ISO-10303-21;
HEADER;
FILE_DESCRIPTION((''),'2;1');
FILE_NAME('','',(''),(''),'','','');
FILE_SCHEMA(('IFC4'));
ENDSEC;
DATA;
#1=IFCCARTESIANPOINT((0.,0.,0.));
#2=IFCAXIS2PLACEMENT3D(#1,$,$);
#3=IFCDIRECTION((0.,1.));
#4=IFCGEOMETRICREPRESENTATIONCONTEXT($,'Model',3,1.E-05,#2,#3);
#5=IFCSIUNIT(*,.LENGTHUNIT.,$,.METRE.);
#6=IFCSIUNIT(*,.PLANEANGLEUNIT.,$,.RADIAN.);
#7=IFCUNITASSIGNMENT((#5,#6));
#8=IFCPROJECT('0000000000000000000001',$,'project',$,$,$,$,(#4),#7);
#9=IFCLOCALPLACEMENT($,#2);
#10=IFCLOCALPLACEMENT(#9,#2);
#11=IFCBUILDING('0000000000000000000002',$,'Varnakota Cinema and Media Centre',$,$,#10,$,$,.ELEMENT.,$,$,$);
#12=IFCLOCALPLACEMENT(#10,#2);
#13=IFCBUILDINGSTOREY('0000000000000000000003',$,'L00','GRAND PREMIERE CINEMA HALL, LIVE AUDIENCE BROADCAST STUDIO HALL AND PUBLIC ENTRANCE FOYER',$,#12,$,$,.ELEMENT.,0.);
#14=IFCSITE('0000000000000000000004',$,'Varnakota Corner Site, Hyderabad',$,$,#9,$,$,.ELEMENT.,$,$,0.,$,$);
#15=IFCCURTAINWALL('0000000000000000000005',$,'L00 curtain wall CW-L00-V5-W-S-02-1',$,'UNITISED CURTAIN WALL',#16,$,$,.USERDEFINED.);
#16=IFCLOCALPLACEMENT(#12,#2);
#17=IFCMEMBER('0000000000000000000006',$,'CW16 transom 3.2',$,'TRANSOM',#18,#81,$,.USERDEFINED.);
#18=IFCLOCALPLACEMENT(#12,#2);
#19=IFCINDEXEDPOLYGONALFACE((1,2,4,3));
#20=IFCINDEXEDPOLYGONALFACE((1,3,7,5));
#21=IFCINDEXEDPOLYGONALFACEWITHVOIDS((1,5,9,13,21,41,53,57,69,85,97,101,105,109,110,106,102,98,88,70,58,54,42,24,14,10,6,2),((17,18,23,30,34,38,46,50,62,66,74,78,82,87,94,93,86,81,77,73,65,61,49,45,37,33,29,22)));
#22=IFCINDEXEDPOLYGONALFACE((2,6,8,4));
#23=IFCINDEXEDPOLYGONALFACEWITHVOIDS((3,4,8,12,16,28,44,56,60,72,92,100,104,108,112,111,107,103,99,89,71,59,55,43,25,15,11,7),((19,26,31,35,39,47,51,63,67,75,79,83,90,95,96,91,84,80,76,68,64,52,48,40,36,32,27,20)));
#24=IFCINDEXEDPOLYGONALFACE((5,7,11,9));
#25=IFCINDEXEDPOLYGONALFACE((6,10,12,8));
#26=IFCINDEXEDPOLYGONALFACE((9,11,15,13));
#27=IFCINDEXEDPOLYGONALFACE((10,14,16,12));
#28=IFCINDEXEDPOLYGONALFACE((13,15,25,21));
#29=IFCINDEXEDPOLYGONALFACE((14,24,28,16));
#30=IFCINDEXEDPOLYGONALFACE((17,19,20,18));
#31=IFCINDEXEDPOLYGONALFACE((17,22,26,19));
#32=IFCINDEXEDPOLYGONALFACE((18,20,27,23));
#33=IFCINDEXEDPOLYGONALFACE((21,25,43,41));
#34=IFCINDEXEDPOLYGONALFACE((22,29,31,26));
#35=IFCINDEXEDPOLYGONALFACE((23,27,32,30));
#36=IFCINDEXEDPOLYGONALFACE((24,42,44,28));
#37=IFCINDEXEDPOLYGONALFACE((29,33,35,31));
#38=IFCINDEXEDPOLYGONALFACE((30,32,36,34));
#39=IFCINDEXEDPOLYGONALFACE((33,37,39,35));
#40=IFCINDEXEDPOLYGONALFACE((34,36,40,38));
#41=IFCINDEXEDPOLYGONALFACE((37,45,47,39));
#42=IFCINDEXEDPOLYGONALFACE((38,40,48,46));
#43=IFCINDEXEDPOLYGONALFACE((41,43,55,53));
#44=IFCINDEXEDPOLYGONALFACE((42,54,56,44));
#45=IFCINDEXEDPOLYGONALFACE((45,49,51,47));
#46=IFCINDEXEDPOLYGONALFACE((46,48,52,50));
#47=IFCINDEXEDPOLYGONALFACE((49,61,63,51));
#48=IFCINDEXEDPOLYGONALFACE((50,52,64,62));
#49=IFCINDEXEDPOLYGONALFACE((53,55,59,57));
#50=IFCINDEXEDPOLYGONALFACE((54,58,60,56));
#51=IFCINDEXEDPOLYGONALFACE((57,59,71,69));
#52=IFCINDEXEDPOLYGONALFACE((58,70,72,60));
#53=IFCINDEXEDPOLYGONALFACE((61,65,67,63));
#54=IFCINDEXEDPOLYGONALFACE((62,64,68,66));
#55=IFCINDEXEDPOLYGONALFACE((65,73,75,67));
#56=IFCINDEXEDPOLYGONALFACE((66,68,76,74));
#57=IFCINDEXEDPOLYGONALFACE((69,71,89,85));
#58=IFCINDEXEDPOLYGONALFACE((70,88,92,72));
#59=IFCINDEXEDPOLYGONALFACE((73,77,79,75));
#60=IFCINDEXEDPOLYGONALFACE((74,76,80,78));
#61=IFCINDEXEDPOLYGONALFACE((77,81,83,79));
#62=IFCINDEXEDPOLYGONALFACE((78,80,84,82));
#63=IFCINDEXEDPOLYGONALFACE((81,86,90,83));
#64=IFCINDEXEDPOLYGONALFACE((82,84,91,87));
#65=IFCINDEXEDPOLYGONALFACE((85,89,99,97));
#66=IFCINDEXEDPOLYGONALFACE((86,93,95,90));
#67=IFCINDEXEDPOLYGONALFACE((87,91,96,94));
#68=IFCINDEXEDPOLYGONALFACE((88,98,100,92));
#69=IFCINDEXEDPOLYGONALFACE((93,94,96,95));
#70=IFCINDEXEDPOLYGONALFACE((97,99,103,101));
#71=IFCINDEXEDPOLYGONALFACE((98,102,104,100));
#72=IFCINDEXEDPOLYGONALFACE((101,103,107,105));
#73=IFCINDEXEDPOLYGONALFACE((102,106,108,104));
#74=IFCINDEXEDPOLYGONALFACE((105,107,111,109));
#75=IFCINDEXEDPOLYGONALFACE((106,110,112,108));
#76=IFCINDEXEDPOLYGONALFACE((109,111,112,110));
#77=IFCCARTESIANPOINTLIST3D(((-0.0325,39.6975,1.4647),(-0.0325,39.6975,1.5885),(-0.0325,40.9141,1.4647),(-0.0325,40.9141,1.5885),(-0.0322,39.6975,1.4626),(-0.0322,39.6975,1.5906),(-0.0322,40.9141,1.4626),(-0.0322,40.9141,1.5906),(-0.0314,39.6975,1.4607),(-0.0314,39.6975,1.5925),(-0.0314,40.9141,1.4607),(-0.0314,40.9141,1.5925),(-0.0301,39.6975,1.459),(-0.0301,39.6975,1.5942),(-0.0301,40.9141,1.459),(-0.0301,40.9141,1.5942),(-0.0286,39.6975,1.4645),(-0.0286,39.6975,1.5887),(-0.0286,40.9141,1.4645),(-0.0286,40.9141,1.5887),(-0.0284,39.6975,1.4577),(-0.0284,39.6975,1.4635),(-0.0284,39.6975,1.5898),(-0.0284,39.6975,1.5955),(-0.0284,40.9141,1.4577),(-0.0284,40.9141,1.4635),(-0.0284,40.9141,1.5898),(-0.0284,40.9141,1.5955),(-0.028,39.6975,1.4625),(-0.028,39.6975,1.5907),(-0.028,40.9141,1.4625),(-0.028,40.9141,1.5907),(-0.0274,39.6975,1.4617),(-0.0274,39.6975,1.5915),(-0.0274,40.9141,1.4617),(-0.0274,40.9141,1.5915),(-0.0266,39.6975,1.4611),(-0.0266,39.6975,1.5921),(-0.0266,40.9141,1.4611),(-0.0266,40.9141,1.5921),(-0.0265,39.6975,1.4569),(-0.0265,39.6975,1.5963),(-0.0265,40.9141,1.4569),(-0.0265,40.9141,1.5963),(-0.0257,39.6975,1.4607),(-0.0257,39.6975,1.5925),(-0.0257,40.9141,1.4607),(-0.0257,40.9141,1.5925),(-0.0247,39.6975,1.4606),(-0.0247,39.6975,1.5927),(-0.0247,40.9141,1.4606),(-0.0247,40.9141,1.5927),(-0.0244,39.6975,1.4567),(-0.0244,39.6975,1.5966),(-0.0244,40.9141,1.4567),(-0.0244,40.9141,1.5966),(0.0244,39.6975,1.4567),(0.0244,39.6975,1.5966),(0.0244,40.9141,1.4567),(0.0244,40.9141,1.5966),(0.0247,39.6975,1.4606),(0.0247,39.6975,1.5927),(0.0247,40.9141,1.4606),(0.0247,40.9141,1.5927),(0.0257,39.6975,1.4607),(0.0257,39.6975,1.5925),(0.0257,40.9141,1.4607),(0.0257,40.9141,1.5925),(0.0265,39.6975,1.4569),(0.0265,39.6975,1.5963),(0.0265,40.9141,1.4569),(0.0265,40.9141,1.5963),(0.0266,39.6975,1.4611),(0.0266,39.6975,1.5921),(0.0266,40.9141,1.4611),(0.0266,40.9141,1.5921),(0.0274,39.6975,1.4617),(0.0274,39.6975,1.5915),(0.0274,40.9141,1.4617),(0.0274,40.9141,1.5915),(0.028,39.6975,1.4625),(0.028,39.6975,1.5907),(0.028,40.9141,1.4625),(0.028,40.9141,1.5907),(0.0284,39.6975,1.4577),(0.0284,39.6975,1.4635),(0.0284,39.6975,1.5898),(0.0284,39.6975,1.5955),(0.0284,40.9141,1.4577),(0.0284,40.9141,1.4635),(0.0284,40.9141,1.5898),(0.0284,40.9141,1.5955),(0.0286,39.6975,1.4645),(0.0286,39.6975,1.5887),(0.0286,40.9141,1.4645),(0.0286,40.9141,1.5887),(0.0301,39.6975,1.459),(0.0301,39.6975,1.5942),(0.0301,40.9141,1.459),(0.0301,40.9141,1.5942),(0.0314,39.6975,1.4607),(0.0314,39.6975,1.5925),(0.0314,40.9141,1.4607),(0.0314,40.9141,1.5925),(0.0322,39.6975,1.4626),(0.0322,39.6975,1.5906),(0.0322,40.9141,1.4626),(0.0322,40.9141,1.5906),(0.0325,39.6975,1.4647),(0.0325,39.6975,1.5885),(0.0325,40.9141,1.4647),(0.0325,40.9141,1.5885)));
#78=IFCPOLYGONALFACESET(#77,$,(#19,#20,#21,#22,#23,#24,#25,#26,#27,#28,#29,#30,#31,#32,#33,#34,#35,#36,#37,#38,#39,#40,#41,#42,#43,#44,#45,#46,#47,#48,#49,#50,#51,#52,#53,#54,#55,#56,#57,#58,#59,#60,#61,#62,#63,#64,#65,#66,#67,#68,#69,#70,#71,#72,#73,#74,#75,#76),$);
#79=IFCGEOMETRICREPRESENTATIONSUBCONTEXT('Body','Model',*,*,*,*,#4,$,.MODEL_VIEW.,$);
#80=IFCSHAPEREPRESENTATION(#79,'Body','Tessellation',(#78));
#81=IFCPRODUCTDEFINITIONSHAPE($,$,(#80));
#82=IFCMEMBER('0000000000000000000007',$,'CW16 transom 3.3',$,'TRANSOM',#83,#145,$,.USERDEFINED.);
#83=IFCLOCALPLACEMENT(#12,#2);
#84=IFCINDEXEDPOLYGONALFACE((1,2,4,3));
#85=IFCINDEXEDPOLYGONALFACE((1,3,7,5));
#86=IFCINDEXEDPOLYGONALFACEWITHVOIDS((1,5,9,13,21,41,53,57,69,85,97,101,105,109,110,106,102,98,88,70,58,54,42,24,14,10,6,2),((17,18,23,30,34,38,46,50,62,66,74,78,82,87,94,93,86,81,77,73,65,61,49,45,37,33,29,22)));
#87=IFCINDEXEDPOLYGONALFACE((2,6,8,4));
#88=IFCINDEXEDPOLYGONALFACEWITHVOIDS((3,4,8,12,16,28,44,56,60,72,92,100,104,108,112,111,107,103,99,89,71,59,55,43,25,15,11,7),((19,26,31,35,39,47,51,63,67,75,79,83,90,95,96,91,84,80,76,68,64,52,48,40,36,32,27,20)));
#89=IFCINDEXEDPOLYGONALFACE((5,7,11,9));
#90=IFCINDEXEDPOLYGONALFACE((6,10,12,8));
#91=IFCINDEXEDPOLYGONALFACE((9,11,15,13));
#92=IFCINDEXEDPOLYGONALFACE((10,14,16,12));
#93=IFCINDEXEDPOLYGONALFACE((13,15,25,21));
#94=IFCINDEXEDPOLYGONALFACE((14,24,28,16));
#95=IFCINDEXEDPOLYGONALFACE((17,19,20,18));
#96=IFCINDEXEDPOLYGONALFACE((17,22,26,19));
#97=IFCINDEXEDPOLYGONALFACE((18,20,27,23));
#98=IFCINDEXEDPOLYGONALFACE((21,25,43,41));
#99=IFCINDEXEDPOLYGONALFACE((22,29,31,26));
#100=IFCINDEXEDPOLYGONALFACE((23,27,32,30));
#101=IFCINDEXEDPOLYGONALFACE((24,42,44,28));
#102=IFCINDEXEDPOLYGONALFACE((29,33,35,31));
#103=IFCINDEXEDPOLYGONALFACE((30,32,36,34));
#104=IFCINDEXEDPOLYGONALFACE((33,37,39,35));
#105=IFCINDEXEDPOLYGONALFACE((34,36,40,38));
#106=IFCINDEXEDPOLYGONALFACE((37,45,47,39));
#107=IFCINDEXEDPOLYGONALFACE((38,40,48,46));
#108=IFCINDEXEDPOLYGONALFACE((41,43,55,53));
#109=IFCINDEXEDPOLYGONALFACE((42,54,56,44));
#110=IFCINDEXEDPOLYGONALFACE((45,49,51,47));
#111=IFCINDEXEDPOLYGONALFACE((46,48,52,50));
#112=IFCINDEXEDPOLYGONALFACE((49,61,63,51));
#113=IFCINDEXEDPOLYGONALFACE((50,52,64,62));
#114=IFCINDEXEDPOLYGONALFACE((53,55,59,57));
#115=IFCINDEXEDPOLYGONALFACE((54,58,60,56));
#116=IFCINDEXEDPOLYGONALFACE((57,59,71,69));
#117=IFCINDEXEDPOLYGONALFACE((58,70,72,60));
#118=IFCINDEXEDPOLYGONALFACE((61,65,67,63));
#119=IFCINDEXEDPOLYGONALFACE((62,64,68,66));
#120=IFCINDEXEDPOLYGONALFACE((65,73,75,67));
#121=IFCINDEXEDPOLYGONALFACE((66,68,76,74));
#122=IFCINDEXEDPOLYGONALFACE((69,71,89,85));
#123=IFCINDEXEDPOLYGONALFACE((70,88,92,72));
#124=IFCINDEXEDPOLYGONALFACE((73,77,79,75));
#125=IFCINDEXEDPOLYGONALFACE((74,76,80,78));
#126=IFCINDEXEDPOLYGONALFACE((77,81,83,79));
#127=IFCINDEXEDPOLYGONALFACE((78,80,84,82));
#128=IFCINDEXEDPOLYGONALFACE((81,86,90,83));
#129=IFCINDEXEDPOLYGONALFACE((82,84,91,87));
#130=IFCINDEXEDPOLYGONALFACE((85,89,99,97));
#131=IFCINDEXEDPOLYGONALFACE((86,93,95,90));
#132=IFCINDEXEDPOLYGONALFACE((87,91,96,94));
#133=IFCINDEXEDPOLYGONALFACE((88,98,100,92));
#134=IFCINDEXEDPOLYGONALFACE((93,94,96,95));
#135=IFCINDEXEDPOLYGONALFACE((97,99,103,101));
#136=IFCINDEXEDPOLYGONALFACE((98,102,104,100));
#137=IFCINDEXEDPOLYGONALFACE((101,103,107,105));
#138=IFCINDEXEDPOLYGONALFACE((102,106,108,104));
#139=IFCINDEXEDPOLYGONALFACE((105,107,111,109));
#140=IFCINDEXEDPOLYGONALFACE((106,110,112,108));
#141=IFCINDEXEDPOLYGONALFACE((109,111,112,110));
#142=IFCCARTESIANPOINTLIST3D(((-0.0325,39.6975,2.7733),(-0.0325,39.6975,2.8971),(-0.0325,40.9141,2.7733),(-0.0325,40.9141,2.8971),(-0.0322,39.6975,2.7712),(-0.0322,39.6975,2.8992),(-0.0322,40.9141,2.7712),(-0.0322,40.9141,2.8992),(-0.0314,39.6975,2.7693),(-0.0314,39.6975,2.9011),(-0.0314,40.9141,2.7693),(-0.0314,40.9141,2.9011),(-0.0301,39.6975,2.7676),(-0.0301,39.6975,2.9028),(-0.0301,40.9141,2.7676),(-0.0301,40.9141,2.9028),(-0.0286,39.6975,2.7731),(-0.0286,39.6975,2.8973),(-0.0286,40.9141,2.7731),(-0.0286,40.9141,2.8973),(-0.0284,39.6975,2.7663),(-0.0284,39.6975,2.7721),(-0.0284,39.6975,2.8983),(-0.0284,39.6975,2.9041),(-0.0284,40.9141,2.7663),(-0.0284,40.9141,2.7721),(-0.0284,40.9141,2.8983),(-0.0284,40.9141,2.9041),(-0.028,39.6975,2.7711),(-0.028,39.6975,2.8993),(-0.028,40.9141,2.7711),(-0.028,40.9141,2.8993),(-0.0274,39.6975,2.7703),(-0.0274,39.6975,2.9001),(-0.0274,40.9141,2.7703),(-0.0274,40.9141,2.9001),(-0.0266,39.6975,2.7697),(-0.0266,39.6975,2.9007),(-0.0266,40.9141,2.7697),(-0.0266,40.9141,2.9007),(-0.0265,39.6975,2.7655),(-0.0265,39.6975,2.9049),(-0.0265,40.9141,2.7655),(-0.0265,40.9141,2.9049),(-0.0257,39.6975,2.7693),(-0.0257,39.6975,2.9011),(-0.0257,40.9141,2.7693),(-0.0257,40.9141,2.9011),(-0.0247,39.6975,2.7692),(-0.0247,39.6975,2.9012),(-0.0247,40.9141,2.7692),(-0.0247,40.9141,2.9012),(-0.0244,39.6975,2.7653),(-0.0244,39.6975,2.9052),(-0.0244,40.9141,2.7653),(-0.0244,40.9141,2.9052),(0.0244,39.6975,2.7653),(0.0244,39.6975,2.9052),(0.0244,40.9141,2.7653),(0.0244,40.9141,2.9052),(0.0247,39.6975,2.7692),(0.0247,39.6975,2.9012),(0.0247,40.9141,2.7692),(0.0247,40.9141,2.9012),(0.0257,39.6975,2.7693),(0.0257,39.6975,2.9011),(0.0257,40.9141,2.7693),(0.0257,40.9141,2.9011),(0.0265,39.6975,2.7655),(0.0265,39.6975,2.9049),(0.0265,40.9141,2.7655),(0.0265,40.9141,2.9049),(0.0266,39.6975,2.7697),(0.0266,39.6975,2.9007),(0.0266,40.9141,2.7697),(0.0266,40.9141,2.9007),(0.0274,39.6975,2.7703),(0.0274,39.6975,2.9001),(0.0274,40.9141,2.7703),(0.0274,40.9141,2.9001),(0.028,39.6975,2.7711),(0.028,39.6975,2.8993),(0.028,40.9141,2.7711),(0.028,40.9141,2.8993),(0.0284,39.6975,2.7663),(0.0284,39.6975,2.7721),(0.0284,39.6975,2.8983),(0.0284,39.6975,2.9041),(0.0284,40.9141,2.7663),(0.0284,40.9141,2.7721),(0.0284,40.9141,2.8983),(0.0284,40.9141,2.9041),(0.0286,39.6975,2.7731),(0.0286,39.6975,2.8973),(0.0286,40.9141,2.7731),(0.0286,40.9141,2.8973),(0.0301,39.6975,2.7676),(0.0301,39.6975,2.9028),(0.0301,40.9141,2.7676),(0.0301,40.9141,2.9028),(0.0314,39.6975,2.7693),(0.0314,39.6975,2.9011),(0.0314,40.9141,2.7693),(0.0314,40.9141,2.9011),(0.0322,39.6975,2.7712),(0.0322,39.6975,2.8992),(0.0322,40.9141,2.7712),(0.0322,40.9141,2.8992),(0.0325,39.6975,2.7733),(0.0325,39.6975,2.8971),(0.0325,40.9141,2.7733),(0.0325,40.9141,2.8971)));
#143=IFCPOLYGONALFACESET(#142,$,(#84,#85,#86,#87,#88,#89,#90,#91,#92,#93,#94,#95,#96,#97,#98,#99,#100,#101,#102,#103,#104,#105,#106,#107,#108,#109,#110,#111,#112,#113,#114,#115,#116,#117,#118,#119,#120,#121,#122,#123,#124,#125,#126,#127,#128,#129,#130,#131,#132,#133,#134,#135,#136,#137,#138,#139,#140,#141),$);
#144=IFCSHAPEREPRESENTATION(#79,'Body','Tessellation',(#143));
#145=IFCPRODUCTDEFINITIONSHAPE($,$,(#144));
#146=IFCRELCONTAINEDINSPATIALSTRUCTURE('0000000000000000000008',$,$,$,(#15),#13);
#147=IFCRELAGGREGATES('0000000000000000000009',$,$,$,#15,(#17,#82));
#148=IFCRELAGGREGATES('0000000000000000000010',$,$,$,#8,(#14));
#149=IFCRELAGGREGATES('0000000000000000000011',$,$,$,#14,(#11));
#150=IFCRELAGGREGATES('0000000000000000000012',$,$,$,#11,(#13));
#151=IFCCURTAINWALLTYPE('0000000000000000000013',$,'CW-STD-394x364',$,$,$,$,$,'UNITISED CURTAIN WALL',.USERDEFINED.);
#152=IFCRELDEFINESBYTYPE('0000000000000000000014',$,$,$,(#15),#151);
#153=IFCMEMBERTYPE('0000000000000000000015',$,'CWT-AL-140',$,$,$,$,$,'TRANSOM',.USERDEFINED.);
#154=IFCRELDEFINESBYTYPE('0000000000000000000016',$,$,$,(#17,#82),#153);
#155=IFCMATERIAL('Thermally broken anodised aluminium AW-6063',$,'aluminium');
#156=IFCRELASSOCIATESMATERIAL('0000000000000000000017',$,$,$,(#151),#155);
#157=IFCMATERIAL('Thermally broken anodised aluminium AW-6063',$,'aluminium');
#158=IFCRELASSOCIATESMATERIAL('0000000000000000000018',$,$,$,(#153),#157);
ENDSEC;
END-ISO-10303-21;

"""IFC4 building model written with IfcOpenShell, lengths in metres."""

from ifc_helpers import new_model, si_unit, direction, frame, origin, origin_2d, place, context, subcontext, project, spatial, hollow_rectangle, extrude, material, material_profile, profile_set, type_object, element, aggregate, save


model = new_model("IFC4")

# Units and contexts
model_context = context("Model", 3, precision=1e-05, world=origin(), true_north=direction((0.0, 1.0)))
body_context = subcontext(model_context, "Body", "Model", "MODEL_VIEW")
ifc_project = project(units=[si_unit("LENGTHUNIT", "METRE"), si_unit("PLANEANGLEUNIT", "RADIAN")], contexts=[model_context])

# Site, building, storey
site_placement = place(None, origin())
site = spatial("IfcSite", under=ifc_project, at=site_placement, Name="Varnakota Corner Site, Hyderabad", CompositionType="ELEMENT", RefElevation=0.0)
building_placement = place(site_placement, origin())
building = spatial("IfcBuilding", under=site, at=building_placement, Name="Varnakota Cinema and Media Centre", CompositionType="ELEMENT")
storey_placement = place(building_placement, origin())
storey = spatial("IfcBuildingStorey", under=building, at=storey_placement, Name="L00", Description="GRAND PREMIERE CINEMA HALL, LIVE AUDIENCE BROADCAST STUDIO HALL AND PUBLIC ENTRANCE FOYER", CompositionType="ELEMENT", Elevation=0.0)

# Curtain wall
ifc_material_1 = material(Name="Thermally broken anodised aluminium AW-6063", Category="aluminium")
curtain_wall_type = type_object("IfcCurtainWallType", Name="CW-STD-394x364", ElementType="UNITISED CURTAIN WALL", PredefinedType="USERDEFINED", material=ifc_material_1)
curtain_wall_1_placement = place(storey_placement, origin())
curtain_wall_1 = element("IfcCurtainWall", 1, at=curtain_wall_1_placement, inside=storey, type_object=curtain_wall_type, Name="L00 curtain wall CW-L00-V5-W-S-02-1", ObjectType="UNITISED CURTAIN WALL", PredefinedType="USERDEFINED")

# Members
ifc_material_2 = material(Name="Thermally broken anodised aluminium AW-6063", Category="aluminium")
ifc_material_profile_1 = material_profile(ifc_material_2, hollow_rectangle(XDim=0.0649, YDim=0.1399, WallThickness=0.0039, InnerFilletRadius=0.0039, OuterFilletRadius=0.0081, at=origin_2d()), Name="AL-TRANSOM 140x65x4")
ifc_profile_set_1 = profile_set([ifc_material_profile_1], Name="Thermally broken anodised aluminium AW-6063")
member_type_1 = type_object("IfcMemberType", Name="CWT-AL-140", ElementType="TRANSOM", PredefinedType="USERDEFINED", material=ifc_profile_set_1)
member_1_placement = place(storey_placement, frame((0.0, 40.9141, 1.5266), z_axis=(0.0, -1.0, 0.0), x_axis=(1.0, 0.0, 0.0)))
member_1 = element("IfcMember", 2, at=member_1_placement, type_object=member_type_1, Name="CW16 transom 3.2", ObjectType="TRANSOM", PredefinedType="USERDEFINED", context=body_context, shape_type="SweptSolid", body=[
    extrude(hollow_rectangle(XDim=0.0649, YDim=0.1399, WallThickness=0.0039, InnerFilletRadius=0.0039, OuterFilletRadius=0.0081, at=origin_2d()), origin(), (0.0, 0.0, 1.0), 1.2166),
])
member_2_placement = place(storey_placement, frame((0.0, 40.9141, 2.8352), z_axis=(0.0, -1.0, 0.0), x_axis=(1.0, 0.0, 0.0)))
member_2 = element("IfcMember", 3, at=member_2_placement, type_object=member_type_1, Name="CW16 transom 3.3", ObjectType="TRANSOM", PredefinedType="USERDEFINED", context=body_context, shape_type="SweptSolid", body=[
    extrude(hollow_rectangle(XDim=0.0649, YDim=0.1399, WallThickness=0.0039, InnerFilletRadius=0.0039, OuterFilletRadius=0.0081, at=origin_2d()), origin(), (0.0, 0.0, 1.0), 1.2166),
])

aggregate(curtain_wall_1, [member_1, member_2])

save(model, "model.ifc")
